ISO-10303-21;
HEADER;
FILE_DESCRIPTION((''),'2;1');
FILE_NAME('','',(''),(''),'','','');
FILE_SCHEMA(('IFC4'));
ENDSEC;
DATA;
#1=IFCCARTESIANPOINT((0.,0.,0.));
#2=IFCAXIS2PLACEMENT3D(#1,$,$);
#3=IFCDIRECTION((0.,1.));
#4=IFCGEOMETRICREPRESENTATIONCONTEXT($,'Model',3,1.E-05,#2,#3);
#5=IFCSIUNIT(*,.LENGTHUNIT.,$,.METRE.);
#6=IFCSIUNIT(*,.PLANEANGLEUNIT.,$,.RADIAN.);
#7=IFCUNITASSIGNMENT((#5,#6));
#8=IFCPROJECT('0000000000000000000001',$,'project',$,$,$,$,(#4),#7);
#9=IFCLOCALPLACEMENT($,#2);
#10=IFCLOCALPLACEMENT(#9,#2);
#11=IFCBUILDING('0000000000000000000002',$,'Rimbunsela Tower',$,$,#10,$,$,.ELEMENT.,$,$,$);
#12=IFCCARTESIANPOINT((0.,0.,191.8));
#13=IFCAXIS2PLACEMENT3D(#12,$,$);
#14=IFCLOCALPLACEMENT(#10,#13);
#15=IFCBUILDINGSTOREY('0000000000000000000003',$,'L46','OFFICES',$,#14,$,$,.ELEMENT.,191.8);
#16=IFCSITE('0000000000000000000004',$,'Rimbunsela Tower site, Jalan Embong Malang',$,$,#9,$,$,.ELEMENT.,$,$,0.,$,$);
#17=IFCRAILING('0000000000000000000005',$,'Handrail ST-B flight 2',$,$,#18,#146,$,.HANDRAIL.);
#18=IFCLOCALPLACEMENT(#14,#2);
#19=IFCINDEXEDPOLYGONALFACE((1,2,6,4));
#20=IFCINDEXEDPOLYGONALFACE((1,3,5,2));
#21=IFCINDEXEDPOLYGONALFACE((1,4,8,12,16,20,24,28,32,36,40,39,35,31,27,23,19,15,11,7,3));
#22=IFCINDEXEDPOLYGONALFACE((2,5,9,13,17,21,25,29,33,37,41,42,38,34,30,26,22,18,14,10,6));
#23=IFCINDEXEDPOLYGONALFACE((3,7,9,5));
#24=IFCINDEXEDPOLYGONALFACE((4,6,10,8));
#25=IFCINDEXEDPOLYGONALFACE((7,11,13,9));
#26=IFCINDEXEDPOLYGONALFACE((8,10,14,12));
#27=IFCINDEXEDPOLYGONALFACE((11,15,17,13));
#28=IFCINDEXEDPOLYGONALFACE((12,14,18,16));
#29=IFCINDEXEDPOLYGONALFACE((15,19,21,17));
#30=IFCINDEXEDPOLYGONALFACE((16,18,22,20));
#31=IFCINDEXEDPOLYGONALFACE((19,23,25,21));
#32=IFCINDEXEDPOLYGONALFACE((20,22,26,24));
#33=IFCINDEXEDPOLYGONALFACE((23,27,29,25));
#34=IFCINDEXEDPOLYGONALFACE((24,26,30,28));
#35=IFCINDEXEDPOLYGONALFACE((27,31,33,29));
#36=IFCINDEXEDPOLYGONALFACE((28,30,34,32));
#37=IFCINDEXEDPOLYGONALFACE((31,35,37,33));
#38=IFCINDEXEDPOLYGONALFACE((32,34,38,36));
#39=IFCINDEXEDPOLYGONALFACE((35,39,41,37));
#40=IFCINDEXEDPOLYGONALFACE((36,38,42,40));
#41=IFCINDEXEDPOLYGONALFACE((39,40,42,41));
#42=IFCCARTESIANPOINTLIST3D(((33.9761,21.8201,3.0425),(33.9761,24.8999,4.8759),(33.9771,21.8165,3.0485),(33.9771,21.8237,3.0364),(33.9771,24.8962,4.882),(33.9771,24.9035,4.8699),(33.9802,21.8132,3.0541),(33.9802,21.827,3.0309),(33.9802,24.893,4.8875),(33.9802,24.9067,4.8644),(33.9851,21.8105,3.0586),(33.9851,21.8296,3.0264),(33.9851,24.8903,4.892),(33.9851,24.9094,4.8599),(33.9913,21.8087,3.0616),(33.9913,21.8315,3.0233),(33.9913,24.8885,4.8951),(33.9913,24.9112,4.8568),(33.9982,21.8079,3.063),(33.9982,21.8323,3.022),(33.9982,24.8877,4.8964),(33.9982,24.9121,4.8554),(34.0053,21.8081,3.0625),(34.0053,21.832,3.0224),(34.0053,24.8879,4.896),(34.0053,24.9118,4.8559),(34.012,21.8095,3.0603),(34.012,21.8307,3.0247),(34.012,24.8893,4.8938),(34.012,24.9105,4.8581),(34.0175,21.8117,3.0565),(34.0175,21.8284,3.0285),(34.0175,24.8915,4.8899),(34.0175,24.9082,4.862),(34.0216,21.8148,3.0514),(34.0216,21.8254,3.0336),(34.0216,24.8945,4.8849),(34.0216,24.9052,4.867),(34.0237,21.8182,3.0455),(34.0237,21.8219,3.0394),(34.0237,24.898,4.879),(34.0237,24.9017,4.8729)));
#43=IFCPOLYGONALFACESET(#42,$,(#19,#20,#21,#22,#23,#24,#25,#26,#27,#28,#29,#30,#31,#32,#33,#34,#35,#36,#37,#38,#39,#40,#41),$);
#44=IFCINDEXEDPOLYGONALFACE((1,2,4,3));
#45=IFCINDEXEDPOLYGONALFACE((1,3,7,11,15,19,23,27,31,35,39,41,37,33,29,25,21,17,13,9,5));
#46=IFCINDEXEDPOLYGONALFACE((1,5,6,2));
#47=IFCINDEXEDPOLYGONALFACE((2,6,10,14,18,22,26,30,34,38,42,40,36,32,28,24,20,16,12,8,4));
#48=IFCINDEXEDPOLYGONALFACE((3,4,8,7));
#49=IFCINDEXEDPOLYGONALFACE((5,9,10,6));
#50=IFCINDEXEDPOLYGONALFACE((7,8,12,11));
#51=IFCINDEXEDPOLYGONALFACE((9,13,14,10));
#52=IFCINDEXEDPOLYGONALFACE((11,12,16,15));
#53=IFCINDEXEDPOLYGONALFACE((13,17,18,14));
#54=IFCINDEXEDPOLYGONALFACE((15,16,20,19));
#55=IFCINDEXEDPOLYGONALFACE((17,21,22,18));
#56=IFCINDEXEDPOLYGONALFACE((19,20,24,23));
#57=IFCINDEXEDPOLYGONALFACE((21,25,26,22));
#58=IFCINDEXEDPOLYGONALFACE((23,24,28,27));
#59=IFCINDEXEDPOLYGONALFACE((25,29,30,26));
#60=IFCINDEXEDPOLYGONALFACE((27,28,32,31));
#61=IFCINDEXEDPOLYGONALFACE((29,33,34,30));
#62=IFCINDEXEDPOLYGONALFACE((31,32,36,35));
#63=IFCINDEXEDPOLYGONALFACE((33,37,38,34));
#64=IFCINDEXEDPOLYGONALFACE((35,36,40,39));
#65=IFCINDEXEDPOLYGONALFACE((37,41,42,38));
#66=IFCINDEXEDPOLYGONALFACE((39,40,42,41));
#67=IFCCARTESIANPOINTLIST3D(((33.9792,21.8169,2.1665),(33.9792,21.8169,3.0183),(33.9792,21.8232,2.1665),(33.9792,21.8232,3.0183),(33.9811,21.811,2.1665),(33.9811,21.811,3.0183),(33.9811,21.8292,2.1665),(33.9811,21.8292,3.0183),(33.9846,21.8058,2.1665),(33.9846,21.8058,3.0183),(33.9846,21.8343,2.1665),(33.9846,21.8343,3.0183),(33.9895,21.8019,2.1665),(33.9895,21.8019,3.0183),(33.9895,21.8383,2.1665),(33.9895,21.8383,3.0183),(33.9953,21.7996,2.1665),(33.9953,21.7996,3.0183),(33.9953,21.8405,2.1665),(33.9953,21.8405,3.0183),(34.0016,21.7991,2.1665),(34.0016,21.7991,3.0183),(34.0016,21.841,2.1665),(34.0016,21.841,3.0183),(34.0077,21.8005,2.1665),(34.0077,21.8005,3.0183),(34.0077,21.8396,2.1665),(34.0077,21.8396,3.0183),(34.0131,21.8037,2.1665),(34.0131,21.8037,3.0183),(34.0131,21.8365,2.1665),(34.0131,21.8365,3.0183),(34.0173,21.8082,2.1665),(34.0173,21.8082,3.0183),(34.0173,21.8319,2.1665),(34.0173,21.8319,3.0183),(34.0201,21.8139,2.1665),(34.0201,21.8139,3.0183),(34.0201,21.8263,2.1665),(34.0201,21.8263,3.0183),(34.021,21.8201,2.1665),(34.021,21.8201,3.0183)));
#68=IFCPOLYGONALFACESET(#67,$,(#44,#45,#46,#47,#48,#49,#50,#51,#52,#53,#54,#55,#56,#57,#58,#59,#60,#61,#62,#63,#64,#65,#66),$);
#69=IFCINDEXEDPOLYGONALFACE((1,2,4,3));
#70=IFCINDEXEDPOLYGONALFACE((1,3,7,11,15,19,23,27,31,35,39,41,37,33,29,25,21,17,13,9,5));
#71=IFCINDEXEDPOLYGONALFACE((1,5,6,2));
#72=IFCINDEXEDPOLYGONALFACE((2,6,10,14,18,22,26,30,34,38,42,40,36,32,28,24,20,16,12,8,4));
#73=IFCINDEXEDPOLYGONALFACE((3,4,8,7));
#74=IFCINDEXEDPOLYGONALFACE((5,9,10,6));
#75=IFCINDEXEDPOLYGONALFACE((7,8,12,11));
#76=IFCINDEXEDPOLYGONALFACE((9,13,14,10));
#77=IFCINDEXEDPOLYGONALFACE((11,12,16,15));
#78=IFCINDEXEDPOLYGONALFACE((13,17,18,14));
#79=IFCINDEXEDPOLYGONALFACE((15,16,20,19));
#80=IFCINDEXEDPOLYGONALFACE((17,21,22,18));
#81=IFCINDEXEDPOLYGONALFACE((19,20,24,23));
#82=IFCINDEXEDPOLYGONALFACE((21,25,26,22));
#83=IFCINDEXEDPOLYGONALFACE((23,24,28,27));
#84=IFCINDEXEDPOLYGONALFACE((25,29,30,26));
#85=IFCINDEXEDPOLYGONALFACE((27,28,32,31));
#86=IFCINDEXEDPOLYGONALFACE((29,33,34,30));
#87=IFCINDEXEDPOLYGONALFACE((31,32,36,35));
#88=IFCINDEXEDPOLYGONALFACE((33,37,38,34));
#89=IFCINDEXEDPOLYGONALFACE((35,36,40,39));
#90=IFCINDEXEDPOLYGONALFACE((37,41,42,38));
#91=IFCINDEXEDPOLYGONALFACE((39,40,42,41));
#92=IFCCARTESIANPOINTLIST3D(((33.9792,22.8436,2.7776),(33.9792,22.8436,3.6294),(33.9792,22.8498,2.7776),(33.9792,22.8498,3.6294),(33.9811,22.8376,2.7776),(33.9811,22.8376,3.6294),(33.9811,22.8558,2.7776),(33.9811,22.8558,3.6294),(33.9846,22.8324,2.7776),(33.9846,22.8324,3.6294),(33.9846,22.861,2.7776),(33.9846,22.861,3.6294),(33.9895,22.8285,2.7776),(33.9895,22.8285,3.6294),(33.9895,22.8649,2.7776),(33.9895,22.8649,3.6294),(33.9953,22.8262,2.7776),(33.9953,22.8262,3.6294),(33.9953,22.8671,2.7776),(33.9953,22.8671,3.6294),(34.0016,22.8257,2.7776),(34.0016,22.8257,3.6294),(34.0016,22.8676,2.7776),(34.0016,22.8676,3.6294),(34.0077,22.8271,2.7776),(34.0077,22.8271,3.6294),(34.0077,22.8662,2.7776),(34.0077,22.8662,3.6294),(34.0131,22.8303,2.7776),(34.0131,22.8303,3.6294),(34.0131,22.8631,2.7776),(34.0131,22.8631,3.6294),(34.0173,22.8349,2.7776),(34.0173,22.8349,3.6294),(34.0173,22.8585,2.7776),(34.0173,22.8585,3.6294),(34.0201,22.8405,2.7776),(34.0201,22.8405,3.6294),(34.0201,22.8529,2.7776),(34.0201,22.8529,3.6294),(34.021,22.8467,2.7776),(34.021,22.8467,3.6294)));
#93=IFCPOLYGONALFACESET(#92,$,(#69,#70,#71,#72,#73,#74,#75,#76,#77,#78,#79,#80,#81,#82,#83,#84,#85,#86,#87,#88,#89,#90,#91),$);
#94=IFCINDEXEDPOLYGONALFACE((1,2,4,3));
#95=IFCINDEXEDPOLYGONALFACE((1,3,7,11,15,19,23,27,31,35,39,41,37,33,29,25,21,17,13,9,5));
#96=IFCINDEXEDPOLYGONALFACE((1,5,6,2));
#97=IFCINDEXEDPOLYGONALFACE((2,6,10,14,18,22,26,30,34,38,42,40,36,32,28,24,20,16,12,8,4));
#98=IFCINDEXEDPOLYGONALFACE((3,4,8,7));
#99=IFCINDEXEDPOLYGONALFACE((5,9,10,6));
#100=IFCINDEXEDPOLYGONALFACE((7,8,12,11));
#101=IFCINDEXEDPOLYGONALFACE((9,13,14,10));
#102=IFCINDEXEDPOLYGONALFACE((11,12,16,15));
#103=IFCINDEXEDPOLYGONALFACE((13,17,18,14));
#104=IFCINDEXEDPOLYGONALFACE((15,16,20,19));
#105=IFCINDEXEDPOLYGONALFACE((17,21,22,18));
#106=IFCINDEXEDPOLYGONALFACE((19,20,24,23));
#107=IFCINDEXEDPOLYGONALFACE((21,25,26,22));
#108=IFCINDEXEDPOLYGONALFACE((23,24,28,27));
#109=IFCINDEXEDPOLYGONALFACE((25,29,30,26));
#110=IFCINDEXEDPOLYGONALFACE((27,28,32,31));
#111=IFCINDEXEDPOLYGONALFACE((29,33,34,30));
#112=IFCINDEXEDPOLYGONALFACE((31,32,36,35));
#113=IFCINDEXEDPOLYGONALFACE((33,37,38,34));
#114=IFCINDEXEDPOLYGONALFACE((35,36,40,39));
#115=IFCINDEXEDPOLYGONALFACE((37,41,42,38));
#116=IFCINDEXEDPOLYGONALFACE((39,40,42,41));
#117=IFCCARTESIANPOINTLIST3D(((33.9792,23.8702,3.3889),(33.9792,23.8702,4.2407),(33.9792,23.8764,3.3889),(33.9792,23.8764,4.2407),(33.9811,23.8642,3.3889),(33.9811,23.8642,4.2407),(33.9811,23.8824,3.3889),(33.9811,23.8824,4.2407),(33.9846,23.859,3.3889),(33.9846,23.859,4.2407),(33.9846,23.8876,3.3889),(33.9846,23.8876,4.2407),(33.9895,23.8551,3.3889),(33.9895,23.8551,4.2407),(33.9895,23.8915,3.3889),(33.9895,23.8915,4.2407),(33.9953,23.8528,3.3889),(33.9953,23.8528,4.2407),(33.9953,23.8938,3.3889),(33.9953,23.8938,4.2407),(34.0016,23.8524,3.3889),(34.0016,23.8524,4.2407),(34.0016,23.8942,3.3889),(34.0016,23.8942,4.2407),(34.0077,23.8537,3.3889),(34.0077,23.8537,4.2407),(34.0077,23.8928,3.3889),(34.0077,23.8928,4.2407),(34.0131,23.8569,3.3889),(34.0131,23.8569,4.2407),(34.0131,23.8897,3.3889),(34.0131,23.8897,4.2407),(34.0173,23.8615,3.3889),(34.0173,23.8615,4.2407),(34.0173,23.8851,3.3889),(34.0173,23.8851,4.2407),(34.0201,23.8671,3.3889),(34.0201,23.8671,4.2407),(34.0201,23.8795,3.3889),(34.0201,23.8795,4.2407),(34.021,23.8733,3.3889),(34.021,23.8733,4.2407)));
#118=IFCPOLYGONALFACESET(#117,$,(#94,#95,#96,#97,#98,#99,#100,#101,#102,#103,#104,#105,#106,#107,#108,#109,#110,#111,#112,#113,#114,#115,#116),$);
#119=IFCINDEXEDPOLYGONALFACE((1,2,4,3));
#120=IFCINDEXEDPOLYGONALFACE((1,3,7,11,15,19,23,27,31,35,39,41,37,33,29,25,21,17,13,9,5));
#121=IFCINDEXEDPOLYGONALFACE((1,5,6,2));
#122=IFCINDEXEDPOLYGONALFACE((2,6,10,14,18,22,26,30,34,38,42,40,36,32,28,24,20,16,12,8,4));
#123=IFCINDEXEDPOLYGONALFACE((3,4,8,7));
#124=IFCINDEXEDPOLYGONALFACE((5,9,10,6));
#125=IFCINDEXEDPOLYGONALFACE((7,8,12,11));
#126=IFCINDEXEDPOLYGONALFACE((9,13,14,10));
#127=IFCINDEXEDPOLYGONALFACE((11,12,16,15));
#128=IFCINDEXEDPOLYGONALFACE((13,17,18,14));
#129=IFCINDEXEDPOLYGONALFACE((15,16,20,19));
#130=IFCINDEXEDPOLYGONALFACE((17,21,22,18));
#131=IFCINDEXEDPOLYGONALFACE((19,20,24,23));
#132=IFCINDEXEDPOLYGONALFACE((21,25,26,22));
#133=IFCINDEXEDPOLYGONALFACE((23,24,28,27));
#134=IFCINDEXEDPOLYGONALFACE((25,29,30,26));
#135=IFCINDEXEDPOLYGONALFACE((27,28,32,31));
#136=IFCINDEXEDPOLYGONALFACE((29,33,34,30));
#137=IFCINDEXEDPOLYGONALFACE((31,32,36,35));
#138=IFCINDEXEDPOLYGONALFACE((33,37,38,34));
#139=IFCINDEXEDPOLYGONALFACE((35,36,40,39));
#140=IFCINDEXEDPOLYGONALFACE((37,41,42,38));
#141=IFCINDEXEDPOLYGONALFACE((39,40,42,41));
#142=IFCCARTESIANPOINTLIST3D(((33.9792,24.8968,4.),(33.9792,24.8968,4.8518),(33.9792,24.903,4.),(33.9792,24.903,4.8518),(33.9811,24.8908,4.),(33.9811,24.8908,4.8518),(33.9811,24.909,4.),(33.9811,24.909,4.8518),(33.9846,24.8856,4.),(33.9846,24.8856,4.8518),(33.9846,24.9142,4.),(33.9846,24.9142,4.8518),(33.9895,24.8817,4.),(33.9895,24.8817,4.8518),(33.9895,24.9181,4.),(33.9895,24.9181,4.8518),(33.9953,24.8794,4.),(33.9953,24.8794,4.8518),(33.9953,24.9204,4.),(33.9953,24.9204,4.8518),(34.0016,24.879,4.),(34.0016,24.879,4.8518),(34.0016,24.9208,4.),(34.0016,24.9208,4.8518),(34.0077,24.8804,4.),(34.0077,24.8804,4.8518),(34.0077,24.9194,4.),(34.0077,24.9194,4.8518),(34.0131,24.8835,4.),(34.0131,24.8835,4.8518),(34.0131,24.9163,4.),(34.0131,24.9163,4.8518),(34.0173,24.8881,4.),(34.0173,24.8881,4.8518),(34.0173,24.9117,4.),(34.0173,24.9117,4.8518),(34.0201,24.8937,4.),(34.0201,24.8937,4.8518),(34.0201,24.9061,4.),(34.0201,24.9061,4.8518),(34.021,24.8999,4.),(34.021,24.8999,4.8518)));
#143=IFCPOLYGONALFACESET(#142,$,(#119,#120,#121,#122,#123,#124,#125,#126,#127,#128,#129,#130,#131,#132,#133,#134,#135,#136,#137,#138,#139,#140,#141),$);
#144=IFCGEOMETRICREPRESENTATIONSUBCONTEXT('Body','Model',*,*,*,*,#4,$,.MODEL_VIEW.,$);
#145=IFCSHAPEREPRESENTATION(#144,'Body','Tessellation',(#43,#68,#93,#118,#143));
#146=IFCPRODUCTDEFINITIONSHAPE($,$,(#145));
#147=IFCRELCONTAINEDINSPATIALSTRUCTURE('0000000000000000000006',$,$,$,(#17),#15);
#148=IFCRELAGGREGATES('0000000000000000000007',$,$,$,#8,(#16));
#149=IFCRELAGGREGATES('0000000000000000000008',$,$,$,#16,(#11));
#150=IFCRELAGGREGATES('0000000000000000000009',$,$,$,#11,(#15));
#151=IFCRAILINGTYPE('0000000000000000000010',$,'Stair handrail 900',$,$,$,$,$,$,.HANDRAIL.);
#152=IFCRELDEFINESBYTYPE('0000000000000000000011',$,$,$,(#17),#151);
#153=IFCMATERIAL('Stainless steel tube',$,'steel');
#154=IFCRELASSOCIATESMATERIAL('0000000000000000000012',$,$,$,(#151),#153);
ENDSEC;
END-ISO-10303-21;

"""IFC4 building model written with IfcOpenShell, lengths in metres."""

from ifc_helpers import new_model, si_unit, direction, frame, origin, origin_2d, place, context, subcontext, project, spatial, circle, extrude, material, type_object, element, save


model = new_model("IFC4")

# Units and contexts
model_context = context("Model", 3, precision=1e-05, world=origin(), true_north=direction((0.0, 1.0)))
body_context = subcontext(model_context, "Body", "Model", "MODEL_VIEW")
ifc_project = project(units=[si_unit("LENGTHUNIT", "METRE"), si_unit("PLANEANGLEUNIT", "RADIAN")], contexts=[model_context])

# Site, building, storey
site_placement = place(None, origin())
site = spatial("IfcSite", under=ifc_project, at=site_placement, Name="Rimbunsela Tower site, Jalan Embong Malang", CompositionType="ELEMENT", RefElevation=0.0)
building_placement = place(site_placement, origin())
building = spatial("IfcBuilding", under=site, at=building_placement, Name="Rimbunsela Tower", CompositionType="ELEMENT")
storey_placement = place(building_placement, frame((0.0, 0.0, 191.8)))
storey = spatial("IfcBuildingStorey", under=building, at=storey_placement, Name="L46", Description="OFFICES", CompositionType="ELEMENT", Elevation=191.8)

# Railing
ifc_material_1 = material(Name="Stainless steel tube", Category="steel")
railing_type = type_object("IfcRailingType", Name="Stair handrail 900", PredefinedType="HANDRAIL", material=ifc_material_1)
railing_placement = place(storey_placement, frame((34.0, 21.8201, 2.1665)))
element("IfcRailing", 1, at=railing_placement, inside=storey, type_object=railing_type, Name="Handrail ST-B flight 2", PredefinedType="HANDRAIL", context=body_context, shape_type="SweptSolid", body=[
    extrude(circle(Radius=0.0239, at=origin_2d()), frame((0.0, 0.0, 0.876), z_axis=(0.0, 0.859261, 0.511538), x_axis=(-1.0, 0.0, 0.0)), (0.0, 0.0, 1.0), 3.5842),
    extrude(circle(Radius=0.021, at=origin_2d()), origin(), (0.0, 0.0, 1.0), 0.8518),
    extrude(circle(Radius=0.021, at=origin_2d()), frame((0.0, 1.0266, 0.6111)), (0.0, 0.0, 1.0), 0.8518),
    extrude(circle(Radius=0.021, at=origin_2d()), frame((0.0, 2.0532, 1.2224)), (0.0, 0.0, 1.0), 0.8518),
    extrude(circle(Radius=0.021, at=origin_2d()), frame((0.0, 3.0798, 1.8335)), (0.0, 0.0, 1.0), 0.8518),
])

save(model, "model.ifc")
